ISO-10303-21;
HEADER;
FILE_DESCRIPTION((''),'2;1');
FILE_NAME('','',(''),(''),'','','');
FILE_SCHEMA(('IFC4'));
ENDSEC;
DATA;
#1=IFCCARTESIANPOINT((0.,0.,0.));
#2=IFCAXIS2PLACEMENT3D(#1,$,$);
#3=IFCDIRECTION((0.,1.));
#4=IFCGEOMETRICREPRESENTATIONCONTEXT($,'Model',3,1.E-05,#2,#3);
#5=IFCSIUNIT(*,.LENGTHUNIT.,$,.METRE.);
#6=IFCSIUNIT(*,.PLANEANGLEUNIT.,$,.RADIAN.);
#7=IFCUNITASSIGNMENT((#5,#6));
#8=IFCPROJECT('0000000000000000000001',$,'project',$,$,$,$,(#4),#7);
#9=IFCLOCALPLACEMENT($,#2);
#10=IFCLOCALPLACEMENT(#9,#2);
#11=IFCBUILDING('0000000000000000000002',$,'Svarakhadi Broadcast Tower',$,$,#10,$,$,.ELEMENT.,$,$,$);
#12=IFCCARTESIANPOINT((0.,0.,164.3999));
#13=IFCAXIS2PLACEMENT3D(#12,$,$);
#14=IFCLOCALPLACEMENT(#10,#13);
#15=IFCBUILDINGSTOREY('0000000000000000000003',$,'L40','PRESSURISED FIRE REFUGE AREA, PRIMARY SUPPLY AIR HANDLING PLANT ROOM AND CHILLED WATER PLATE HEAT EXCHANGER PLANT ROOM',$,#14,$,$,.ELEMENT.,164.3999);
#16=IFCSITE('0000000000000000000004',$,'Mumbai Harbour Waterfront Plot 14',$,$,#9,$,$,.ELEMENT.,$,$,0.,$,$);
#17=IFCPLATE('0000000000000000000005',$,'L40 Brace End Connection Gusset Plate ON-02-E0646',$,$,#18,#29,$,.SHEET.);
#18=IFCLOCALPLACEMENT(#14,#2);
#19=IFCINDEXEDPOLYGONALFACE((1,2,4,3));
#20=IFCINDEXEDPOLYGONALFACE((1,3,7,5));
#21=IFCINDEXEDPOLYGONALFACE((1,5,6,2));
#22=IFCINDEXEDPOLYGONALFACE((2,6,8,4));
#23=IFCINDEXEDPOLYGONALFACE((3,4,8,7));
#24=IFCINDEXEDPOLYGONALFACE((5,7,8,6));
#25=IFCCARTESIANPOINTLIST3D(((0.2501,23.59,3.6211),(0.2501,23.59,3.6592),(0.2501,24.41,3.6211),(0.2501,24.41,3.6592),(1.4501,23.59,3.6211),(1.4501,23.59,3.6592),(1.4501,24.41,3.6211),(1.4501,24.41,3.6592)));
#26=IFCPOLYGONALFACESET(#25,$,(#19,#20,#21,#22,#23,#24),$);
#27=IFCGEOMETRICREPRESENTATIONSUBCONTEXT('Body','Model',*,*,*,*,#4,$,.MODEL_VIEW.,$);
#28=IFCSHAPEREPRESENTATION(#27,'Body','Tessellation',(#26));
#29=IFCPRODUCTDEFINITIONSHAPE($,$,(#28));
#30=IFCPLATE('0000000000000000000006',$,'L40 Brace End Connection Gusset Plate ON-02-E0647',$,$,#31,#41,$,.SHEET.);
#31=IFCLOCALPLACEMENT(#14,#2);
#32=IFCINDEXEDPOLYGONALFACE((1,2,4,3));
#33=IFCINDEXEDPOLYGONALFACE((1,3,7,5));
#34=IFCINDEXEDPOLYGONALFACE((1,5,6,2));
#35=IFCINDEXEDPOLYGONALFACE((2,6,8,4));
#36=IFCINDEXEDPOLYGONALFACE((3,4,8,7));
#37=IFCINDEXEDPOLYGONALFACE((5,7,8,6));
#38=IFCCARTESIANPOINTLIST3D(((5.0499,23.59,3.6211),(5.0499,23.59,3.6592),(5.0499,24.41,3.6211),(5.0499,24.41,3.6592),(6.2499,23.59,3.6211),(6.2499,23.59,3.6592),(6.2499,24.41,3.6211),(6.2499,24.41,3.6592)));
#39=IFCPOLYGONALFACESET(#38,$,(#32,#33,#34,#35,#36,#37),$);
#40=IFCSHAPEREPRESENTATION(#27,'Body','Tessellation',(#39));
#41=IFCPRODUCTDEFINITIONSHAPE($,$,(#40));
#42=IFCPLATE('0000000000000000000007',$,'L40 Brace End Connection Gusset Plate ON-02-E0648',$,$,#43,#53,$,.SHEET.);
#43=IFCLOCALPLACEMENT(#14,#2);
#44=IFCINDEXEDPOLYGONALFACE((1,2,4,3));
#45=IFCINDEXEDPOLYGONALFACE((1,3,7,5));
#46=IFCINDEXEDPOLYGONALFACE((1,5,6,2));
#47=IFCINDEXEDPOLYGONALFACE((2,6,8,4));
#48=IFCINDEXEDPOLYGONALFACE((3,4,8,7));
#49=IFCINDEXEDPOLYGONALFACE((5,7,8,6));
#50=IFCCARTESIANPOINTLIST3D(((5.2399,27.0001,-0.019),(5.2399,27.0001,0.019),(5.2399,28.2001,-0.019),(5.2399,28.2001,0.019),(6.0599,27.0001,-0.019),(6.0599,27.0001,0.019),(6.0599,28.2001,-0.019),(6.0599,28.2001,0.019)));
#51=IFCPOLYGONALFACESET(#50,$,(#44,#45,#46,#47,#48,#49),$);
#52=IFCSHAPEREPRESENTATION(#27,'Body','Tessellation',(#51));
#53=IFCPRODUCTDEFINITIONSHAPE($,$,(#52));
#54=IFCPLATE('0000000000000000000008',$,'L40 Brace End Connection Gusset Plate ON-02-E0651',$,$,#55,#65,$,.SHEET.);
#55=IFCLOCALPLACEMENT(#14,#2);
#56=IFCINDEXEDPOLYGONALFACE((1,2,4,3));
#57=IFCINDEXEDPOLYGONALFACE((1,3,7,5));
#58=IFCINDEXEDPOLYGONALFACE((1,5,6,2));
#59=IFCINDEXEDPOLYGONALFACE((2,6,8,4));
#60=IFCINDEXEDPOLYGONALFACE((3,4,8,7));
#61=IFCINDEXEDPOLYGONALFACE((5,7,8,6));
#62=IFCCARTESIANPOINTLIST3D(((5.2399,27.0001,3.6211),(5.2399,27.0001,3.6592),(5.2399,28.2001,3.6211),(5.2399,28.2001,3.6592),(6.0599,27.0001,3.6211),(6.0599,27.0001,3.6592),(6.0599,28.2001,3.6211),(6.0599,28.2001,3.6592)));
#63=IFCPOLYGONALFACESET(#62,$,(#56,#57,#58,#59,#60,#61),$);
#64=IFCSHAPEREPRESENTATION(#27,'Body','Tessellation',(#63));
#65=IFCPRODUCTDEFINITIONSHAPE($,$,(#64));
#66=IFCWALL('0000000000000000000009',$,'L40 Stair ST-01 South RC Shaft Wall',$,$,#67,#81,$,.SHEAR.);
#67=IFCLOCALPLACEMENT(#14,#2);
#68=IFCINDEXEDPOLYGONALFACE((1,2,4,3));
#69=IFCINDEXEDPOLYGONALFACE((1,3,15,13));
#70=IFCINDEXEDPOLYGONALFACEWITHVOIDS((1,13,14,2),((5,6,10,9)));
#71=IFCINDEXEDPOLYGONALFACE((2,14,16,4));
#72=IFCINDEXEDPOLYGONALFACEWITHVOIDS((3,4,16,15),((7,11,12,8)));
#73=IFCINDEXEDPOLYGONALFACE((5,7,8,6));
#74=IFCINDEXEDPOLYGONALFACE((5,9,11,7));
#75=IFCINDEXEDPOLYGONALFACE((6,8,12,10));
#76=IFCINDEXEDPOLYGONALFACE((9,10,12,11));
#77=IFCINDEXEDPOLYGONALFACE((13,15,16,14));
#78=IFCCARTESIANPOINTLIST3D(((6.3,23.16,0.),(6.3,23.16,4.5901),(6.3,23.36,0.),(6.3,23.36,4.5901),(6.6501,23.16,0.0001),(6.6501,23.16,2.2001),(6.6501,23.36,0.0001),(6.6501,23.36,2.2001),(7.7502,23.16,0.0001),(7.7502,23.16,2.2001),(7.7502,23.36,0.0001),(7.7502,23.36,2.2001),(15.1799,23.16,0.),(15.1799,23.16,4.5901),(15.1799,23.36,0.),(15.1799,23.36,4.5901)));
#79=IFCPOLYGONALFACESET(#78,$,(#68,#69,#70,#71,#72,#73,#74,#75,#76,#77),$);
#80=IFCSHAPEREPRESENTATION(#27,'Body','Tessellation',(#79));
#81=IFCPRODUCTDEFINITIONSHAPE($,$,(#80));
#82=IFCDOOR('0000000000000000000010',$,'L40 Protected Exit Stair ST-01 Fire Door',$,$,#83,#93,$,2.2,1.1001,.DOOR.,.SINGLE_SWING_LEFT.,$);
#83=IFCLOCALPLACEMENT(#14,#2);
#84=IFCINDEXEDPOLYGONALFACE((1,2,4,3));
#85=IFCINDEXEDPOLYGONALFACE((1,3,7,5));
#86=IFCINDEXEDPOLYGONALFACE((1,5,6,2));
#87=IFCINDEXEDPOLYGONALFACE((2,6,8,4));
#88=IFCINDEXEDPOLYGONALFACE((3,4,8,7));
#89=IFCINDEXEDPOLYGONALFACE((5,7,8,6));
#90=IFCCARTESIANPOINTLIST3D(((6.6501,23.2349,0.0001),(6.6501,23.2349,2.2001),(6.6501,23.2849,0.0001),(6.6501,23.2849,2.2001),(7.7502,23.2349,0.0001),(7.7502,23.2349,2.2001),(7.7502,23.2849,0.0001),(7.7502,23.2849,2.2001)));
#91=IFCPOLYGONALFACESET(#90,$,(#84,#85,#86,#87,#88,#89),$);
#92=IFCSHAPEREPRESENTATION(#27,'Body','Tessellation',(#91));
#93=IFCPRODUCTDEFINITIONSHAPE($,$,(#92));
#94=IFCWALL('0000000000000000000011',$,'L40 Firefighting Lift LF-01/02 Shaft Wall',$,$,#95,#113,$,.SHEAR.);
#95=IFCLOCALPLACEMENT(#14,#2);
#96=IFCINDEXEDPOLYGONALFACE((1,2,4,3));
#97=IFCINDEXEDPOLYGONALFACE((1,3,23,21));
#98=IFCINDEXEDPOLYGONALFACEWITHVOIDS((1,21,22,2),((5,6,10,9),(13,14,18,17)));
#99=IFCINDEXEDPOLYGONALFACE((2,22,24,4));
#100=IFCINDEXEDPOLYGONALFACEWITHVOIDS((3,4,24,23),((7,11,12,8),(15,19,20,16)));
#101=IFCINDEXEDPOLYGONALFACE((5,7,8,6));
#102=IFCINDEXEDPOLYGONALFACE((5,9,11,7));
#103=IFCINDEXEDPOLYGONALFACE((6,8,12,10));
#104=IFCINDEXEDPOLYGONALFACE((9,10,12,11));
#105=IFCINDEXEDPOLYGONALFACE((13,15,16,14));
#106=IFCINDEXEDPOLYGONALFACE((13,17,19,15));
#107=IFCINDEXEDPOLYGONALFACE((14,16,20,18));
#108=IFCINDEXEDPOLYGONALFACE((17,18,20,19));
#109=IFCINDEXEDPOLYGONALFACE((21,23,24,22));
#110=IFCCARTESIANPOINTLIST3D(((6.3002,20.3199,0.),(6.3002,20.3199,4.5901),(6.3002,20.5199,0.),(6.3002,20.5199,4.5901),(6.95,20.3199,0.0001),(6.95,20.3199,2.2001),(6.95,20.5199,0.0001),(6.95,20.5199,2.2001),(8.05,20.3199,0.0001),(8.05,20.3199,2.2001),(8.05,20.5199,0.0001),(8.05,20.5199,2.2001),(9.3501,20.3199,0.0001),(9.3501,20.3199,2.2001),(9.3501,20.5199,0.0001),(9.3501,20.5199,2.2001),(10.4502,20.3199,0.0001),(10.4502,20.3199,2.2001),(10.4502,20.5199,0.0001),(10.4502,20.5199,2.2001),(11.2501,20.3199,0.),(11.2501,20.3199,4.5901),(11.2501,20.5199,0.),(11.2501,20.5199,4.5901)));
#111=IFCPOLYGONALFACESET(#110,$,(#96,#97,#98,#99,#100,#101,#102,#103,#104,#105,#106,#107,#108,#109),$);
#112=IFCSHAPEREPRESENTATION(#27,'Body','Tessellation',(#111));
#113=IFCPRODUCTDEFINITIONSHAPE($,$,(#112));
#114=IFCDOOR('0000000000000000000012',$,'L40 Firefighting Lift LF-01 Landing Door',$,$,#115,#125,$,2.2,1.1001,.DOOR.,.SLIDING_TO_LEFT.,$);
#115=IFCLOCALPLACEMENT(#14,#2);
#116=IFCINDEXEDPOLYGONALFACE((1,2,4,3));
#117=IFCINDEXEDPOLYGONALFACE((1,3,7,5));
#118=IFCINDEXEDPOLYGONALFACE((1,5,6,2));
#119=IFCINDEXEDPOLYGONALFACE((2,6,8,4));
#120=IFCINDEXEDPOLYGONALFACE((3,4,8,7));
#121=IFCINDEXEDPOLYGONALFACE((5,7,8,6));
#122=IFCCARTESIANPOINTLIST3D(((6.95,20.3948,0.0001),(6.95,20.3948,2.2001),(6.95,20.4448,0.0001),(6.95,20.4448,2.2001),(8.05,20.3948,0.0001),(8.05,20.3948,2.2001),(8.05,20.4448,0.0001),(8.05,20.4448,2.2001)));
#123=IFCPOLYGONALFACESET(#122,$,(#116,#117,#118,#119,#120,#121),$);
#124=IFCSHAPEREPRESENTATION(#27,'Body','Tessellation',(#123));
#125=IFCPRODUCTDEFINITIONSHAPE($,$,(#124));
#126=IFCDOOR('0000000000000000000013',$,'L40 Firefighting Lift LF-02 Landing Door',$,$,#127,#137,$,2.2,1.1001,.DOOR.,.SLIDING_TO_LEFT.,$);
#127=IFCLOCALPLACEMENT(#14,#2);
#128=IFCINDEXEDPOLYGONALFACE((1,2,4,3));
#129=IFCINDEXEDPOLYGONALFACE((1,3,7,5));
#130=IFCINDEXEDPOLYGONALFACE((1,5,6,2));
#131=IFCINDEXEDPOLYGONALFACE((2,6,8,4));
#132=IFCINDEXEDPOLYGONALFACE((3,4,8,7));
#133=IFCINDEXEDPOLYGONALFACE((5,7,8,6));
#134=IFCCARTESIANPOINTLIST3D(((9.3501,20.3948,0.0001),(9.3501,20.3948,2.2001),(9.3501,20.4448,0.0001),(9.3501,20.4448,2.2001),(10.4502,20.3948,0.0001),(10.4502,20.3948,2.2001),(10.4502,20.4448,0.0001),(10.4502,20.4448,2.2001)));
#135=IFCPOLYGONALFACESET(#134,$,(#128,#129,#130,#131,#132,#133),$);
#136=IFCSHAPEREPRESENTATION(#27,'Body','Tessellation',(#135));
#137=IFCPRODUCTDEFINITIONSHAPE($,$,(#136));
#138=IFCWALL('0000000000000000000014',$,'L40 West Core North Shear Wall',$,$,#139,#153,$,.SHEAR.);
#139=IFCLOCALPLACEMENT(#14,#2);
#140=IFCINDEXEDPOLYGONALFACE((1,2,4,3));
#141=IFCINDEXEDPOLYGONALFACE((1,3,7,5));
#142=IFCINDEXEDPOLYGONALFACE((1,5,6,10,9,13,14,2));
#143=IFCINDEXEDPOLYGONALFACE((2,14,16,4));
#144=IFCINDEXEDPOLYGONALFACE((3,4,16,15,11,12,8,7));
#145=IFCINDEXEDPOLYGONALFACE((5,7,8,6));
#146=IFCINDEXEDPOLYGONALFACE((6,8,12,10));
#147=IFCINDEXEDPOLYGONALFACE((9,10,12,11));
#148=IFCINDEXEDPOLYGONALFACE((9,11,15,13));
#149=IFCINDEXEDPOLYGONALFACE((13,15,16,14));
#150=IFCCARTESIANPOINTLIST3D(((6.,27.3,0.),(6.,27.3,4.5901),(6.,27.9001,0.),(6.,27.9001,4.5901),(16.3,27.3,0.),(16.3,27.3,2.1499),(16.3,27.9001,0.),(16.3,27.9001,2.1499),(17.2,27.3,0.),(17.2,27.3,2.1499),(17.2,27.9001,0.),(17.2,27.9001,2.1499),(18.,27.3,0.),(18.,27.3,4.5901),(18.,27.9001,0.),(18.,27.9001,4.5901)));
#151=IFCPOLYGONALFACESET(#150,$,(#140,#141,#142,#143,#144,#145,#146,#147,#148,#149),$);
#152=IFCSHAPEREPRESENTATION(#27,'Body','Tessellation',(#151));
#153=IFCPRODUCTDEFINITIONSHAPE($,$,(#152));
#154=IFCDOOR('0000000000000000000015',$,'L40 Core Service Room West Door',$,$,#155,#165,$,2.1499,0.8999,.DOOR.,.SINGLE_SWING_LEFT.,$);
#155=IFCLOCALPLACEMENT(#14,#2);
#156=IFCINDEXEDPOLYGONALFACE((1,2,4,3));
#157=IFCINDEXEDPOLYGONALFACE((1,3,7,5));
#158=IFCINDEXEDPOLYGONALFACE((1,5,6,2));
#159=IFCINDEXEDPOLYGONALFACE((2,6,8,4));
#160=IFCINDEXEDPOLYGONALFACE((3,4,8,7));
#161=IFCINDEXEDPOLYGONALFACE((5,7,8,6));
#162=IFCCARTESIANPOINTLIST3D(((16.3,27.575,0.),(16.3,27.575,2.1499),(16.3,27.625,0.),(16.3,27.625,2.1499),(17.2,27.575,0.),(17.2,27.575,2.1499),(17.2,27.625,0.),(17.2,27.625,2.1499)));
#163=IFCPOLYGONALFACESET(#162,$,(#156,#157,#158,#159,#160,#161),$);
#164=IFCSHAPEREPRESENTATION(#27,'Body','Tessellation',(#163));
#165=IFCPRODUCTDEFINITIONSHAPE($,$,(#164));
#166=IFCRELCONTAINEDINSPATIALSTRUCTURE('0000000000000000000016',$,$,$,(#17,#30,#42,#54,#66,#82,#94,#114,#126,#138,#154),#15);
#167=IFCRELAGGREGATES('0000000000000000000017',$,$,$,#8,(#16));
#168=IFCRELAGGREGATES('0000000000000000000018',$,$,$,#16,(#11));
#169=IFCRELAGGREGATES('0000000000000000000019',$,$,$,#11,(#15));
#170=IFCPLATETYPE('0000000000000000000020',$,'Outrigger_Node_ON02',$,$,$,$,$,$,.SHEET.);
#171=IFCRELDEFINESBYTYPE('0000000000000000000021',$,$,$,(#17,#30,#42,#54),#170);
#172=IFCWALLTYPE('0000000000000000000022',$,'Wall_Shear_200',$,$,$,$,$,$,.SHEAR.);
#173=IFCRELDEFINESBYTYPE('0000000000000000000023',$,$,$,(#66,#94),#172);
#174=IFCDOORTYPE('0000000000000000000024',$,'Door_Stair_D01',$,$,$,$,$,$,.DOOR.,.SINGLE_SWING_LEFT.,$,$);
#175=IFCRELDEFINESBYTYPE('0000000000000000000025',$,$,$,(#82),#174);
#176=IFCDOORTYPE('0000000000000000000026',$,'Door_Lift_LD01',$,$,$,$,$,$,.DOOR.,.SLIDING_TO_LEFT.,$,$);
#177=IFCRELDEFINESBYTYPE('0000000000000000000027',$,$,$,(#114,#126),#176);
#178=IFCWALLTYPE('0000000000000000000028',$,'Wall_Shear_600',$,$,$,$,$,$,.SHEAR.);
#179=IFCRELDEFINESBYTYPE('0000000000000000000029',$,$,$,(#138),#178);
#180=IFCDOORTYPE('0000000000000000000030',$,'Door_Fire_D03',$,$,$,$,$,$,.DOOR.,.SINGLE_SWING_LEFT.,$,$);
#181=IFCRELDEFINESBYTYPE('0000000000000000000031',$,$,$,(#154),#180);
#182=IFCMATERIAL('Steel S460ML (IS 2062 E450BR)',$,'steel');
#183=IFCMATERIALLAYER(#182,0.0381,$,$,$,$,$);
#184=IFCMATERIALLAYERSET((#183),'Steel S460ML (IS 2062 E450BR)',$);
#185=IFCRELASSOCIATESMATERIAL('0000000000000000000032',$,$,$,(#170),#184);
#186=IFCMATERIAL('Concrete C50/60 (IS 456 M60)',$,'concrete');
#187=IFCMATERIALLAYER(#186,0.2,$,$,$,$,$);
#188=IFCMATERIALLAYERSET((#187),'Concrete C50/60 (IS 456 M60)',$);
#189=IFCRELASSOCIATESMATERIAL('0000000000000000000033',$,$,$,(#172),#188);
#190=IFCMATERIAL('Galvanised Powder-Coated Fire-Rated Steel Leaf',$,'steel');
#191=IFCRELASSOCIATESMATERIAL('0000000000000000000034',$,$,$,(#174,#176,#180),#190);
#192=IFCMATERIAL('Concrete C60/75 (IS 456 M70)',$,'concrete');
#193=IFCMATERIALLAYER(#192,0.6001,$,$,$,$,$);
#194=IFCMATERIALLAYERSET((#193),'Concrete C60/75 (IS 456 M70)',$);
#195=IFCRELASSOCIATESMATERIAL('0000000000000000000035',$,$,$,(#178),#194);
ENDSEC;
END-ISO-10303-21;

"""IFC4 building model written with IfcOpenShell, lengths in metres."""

from ifc_helpers import new_model, si_unit, direction, frame, frame_2d, origin, origin_2d, place, context, subcontext, project, spatial, rectangle, extrude, material, layer, layer_set, type_object, element, fill, save


model = new_model("IFC4")

# Units and contexts
model_context = context("Model", 3, precision=1e-05, world=origin(), true_north=direction((0.0, 1.0)))
body_context = subcontext(model_context, "Body", "Model", "MODEL_VIEW")
ifc_project = project(units=[si_unit("LENGTHUNIT", "METRE"), si_unit("PLANEANGLEUNIT", "RADIAN")], contexts=[model_context])

# Site, building, storey
site_placement = place(None, origin())
site = spatial("IfcSite", under=ifc_project, at=site_placement, Name="Mumbai Harbour Waterfront Plot 14", CompositionType="ELEMENT", RefElevation=0.0)
building_placement = place(site_placement, origin())
building = spatial("IfcBuilding", under=site, at=building_placement, Name="Svarakhadi Broadcast Tower", CompositionType="ELEMENT")
storey_placement = place(building_placement, frame((0.0, 0.0, 164.3999)))
storey = spatial("IfcBuildingStorey", under=building, at=storey_placement, Name="L40", Description="PRESSURISED FIRE REFUGE AREA, PRIMARY SUPPLY AIR HANDLING PLANT ROOM AND CHILLED WATER PLATE HEAT EXCHANGER PLANT ROOM", CompositionType="ELEMENT", Elevation=164.3999)

# Shared definitions
ifc_material_1 = material(Name="Concrete C50/60 (IS 456 M60)", Category="concrete")

# Shared definitions
ifc_material_2 = material(Name="Steel S460ML (IS 2062 E450BR)", Category="steel")

# Plates
ifc_layer_1 = layer(ifc_material_2, 0.0381)
ifc_layer_set_1 = layer_set([ifc_layer_1], Name="Steel S460ML (IS 2062 E450BR)")
plate_type_1 = type_object("IfcPlateType", Name="Outrigger_Node_ON02", PredefinedType="SHEET", material=ifc_layer_set_1)
for number, where, z_axis, x_axis, name in (
    (1, (0.8501, 24.0, 3.6211), (0.0, 0.0, 1.0), (1.0, 0.0, 0.0), "L40 Brace End Connection Gusset Plate ON-02-E0646"),
    (2, (5.6499, 24.0, 3.6211), (0.0, 0.0, 1.0), (1.0, 0.0, 0.0), "L40 Brace End Connection Gusset Plate ON-02-E0647"),
    (3, (5.6499, 27.6001, -0.019), (0.0, 0.0, 1.0), (0.0, 1.0, 0.0), "L40 Brace End Connection Gusset Plate ON-02-E0648"),
    (4, (5.6499, 27.6001, 3.6211), (0.0, 0.0, 1.0), (0.0, 1.0, 0.0), "L40 Brace End Connection Gusset Plate ON-02-E0651"),
):
    element("IfcPlate", number, at=place(storey_placement, frame(where, z_axis=z_axis, x_axis=x_axis)), inside=storey, type_object=plate_type_1, Name=name, PredefinedType="SHEET", context=body_context, shape_type="SweptSolid", body=[
        extrude(rectangle(XDim=1.2, YDim=0.8201, at=origin_2d()), origin(), (0.0, 0.0, 1.0), 0.0381),
    ])

# Wall, opening, door
ifc_layer_2 = layer(ifc_material_1, 0.2)
ifc_layer_set_2 = layer_set([ifc_layer_2], Name="Concrete C50/60 (IS 456 M60)")
wall_type_1 = type_object("IfcWallType", Name="Wall_Shear_200", PredefinedType="SHEAR", material=ifc_layer_set_2)
wall_1_placement = place(storey_placement, frame((6.3, 23.26, 0.0), z_axis=(0.0, 0.0, 1.0), x_axis=(1.0, 0.0, 0.0)))
wall_1 = element("IfcWall", 5, at=wall_1_placement, inside=storey, type_object=wall_type_1, Name="L40 Stair ST-01 South RC Shaft Wall", PredefinedType="SHEAR", context=body_context, shape_type="SweptSolid", body=[
    extrude(rectangle(XDim=8.8799, YDim=0.2, at=frame_2d((4.4399, 0.0))), origin(), (0.0, 0.0, 1.0), 4.5901),
])
opening_1_placement = place(wall_1_placement, frame((0.3501, 0.0, 0.0)))
opening_1 = element("IfcOpeningElement", 6, at=opening_1_placement, cuts=wall_1, PredefinedType="OPENING", context=body_context, shape_type="SweptSolid", body=[
    extrude(rectangle(XDim=1.1001, YDim=2.2, at=frame_2d((0.55, 1.1001))), frame((0.0, 0.1099, 0.0), z_axis=(0.0, -1.0, 0.0), x_axis=(1.0, 0.0, 0.0)), (0.0, 0.0, 1.0), 0.22),
])
ifc_material_3 = material(Name="Galvanised Powder-Coated Fire-Rated Steel Leaf", Category="steel")
door_type_1 = type_object("IfcDoorType", Name="Door_Stair_D01", OperationType="SINGLE_SWING_LEFT", PredefinedType="DOOR", material=ifc_material_3)
door_1_placement = place(opening_1_placement, origin())
door_1 = element("IfcDoor", 7, at=door_1_placement, inside=storey, type_object=door_type_1, Name="L40 Protected Exit Stair ST-01 Fire Door", OperationType="SINGLE_SWING_LEFT", OverallHeight=2.2, OverallWidth=1.1001, PredefinedType="DOOR", context=body_context, shape_type="SweptSolid", body=[
    extrude(rectangle(XDim=1.1001, YDim=2.2, at=frame_2d((0.55, 1.1001))), frame((0.0, 0.0249, 0.0), z_axis=(0.0, -1.0, 0.0), x_axis=(1.0, 0.0, 0.0)), (0.0, 0.0, 1.0), 0.05),
])
fill(opening_1, door_1)

# Wall, openings, doors
wall_2_placement = place(storey_placement, frame((6.3, 20.4199, 0.0), z_axis=(0.0, 0.0, 1.0), x_axis=(1.0, 0.0, 0.0)))
wall_2 = element("IfcWall", 8, at=wall_2_placement, inside=storey, type_object=wall_type_1, Name="L40 Firefighting Lift LF-01/02 Shaft Wall", PredefinedType="SHEAR", context=body_context, shape_type="SweptSolid", body=[
    extrude(rectangle(XDim=4.95, YDim=0.2, at=frame_2d((2.4751, 0.0))), origin(), (0.0, 0.0, 1.0), 4.5901),
])
opening_2_placement = place(wall_2_placement, frame((0.6499, 0.0, 0.0)))
opening_2 = element("IfcOpeningElement", 9, at=opening_2_placement, cuts=wall_2, PredefinedType="OPENING", context=body_context, shape_type="SweptSolid", body=[
    extrude(rectangle(XDim=1.1001, YDim=2.2, at=frame_2d((0.55, 1.1001))), frame((0.0, 0.1099, 0.0), z_axis=(0.0, -1.0, 0.0), x_axis=(1.0, 0.0, 0.0)), (0.0, 0.0, 1.0), 0.22),
])
opening_3_placement = place(wall_2_placement, frame((3.05, 0.0, 0.0)))
opening_3 = element("IfcOpeningElement", 10, at=opening_3_placement, cuts=wall_2, PredefinedType="OPENING", context=body_context, shape_type="SweptSolid", body=[
    extrude(rectangle(XDim=1.1001, YDim=2.2, at=frame_2d((0.55, 1.1001))), frame((0.0, 0.1099, 0.0), z_axis=(0.0, -1.0, 0.0), x_axis=(1.0, 0.0, 0.0)), (0.0, 0.0, 1.0), 0.22),
])
door_type_2 = type_object("IfcDoorType", Name="Door_Lift_LD01", OperationType="SLIDING_TO_LEFT", PredefinedType="DOOR", material=ifc_material_3)
door_2_placement = place(opening_2_placement, origin())
door_2 = element("IfcDoor", 11, at=door_2_placement, inside=storey, type_object=door_type_2, Name="L40 Firefighting Lift LF-01 Landing Door", OperationType="SLIDING_TO_LEFT", OverallHeight=2.2, OverallWidth=1.1001, PredefinedType="DOOR", context=body_context, shape_type="SweptSolid", body=[
    extrude(rectangle(XDim=1.1001, YDim=2.2, at=frame_2d((0.55, 1.1001))), frame((0.0, 0.0249, 0.0), z_axis=(0.0, -1.0, 0.0), x_axis=(1.0, 0.0, 0.0)), (0.0, 0.0, 1.0), 0.05),
])
fill(opening_2, door_2)
door_3_placement = place(opening_3_placement, origin())
door_3 = element("IfcDoor", 12, at=door_3_placement, inside=storey, type_object=door_type_2, Name="L40 Firefighting Lift LF-02 Landing Door", OperationType="SLIDING_TO_LEFT", OverallHeight=2.2, OverallWidth=1.1001, PredefinedType="DOOR", context=body_context, shape_type="SweptSolid", body=[
    extrude(rectangle(XDim=1.1001, YDim=2.2, at=frame_2d((0.55, 1.1001))), frame((0.0, 0.0249, 0.0), z_axis=(0.0, -1.0, 0.0), x_axis=(1.0, 0.0, 0.0)), (0.0, 0.0, 1.0), 0.05),
])
fill(opening_3, door_3)

# Wall, opening, door
ifc_material_4 = material(Name="Concrete C60/75 (IS 456 M70)", Category="concrete")
ifc_layer_3 = layer(ifc_material_4, 0.6001)
ifc_layer_set_3 = layer_set([ifc_layer_3], Name="Concrete C60/75 (IS 456 M70)")
wall_type_2 = type_object("IfcWallType", Name="Wall_Shear_600", PredefinedType="SHEAR", material=ifc_layer_set_3)
wall_3_placement = place(storey_placement, frame((6.0, 27.6001, 0.0), z_axis=(0.0, 0.0, 1.0), x_axis=(1.0, 0.0, 0.0)))
wall_3 = element("IfcWall", 13, at=wall_3_placement, inside=storey, type_object=wall_type_2, Name="L40 West Core North Shear Wall", PredefinedType="SHEAR", context=body_context, shape_type="SweptSolid", body=[
    extrude(rectangle(XDim=12.0, YDim=0.6001, at=frame_2d((6.0, 0.0))), origin(), (0.0, 0.0, 1.0), 4.5901),
])
opening_4_placement = place(wall_3_placement, frame((10.3, 0.0, 0.0)))
opening_4 = element("IfcOpeningElement", 14, at=opening_4_placement, cuts=wall_3, PredefinedType="OPENING", context=body_context, shape_type="SweptSolid", body=[
    extrude(rectangle(XDim=0.8999, YDim=2.1499, at=frame_2d((0.45, 1.075))), frame((0.0, 0.3101, 0.0), z_axis=(0.0, -1.0, 0.0), x_axis=(1.0, 0.0, 0.0)), (0.0, 0.0, 1.0), 0.6201),
])
door_type_3 = type_object("IfcDoorType", Name="Door_Fire_D03", OperationType="SINGLE_SWING_LEFT", PredefinedType="DOOR", material=ifc_material_3)
door_4_placement = place(opening_4_placement, origin())
door_4 = element("IfcDoor", 15, at=door_4_placement, inside=storey, type_object=door_type_3, Name="L40 Core Service Room West Door", OperationType="SINGLE_SWING_LEFT", OverallHeight=2.1499, OverallWidth=0.8999, PredefinedType="DOOR", context=body_context, shape_type="SweptSolid", body=[
    extrude(rectangle(XDim=0.8999, YDim=2.1499, at=frame_2d((0.45, 1.075))), frame((0.0, 0.0249, 0.0), z_axis=(0.0, -1.0, 0.0), x_axis=(1.0, 0.0, 0.0)), (0.0, 0.0, 1.0), 0.05),
])
fill(opening_4, door_4)

save(model, "model.ifc")
